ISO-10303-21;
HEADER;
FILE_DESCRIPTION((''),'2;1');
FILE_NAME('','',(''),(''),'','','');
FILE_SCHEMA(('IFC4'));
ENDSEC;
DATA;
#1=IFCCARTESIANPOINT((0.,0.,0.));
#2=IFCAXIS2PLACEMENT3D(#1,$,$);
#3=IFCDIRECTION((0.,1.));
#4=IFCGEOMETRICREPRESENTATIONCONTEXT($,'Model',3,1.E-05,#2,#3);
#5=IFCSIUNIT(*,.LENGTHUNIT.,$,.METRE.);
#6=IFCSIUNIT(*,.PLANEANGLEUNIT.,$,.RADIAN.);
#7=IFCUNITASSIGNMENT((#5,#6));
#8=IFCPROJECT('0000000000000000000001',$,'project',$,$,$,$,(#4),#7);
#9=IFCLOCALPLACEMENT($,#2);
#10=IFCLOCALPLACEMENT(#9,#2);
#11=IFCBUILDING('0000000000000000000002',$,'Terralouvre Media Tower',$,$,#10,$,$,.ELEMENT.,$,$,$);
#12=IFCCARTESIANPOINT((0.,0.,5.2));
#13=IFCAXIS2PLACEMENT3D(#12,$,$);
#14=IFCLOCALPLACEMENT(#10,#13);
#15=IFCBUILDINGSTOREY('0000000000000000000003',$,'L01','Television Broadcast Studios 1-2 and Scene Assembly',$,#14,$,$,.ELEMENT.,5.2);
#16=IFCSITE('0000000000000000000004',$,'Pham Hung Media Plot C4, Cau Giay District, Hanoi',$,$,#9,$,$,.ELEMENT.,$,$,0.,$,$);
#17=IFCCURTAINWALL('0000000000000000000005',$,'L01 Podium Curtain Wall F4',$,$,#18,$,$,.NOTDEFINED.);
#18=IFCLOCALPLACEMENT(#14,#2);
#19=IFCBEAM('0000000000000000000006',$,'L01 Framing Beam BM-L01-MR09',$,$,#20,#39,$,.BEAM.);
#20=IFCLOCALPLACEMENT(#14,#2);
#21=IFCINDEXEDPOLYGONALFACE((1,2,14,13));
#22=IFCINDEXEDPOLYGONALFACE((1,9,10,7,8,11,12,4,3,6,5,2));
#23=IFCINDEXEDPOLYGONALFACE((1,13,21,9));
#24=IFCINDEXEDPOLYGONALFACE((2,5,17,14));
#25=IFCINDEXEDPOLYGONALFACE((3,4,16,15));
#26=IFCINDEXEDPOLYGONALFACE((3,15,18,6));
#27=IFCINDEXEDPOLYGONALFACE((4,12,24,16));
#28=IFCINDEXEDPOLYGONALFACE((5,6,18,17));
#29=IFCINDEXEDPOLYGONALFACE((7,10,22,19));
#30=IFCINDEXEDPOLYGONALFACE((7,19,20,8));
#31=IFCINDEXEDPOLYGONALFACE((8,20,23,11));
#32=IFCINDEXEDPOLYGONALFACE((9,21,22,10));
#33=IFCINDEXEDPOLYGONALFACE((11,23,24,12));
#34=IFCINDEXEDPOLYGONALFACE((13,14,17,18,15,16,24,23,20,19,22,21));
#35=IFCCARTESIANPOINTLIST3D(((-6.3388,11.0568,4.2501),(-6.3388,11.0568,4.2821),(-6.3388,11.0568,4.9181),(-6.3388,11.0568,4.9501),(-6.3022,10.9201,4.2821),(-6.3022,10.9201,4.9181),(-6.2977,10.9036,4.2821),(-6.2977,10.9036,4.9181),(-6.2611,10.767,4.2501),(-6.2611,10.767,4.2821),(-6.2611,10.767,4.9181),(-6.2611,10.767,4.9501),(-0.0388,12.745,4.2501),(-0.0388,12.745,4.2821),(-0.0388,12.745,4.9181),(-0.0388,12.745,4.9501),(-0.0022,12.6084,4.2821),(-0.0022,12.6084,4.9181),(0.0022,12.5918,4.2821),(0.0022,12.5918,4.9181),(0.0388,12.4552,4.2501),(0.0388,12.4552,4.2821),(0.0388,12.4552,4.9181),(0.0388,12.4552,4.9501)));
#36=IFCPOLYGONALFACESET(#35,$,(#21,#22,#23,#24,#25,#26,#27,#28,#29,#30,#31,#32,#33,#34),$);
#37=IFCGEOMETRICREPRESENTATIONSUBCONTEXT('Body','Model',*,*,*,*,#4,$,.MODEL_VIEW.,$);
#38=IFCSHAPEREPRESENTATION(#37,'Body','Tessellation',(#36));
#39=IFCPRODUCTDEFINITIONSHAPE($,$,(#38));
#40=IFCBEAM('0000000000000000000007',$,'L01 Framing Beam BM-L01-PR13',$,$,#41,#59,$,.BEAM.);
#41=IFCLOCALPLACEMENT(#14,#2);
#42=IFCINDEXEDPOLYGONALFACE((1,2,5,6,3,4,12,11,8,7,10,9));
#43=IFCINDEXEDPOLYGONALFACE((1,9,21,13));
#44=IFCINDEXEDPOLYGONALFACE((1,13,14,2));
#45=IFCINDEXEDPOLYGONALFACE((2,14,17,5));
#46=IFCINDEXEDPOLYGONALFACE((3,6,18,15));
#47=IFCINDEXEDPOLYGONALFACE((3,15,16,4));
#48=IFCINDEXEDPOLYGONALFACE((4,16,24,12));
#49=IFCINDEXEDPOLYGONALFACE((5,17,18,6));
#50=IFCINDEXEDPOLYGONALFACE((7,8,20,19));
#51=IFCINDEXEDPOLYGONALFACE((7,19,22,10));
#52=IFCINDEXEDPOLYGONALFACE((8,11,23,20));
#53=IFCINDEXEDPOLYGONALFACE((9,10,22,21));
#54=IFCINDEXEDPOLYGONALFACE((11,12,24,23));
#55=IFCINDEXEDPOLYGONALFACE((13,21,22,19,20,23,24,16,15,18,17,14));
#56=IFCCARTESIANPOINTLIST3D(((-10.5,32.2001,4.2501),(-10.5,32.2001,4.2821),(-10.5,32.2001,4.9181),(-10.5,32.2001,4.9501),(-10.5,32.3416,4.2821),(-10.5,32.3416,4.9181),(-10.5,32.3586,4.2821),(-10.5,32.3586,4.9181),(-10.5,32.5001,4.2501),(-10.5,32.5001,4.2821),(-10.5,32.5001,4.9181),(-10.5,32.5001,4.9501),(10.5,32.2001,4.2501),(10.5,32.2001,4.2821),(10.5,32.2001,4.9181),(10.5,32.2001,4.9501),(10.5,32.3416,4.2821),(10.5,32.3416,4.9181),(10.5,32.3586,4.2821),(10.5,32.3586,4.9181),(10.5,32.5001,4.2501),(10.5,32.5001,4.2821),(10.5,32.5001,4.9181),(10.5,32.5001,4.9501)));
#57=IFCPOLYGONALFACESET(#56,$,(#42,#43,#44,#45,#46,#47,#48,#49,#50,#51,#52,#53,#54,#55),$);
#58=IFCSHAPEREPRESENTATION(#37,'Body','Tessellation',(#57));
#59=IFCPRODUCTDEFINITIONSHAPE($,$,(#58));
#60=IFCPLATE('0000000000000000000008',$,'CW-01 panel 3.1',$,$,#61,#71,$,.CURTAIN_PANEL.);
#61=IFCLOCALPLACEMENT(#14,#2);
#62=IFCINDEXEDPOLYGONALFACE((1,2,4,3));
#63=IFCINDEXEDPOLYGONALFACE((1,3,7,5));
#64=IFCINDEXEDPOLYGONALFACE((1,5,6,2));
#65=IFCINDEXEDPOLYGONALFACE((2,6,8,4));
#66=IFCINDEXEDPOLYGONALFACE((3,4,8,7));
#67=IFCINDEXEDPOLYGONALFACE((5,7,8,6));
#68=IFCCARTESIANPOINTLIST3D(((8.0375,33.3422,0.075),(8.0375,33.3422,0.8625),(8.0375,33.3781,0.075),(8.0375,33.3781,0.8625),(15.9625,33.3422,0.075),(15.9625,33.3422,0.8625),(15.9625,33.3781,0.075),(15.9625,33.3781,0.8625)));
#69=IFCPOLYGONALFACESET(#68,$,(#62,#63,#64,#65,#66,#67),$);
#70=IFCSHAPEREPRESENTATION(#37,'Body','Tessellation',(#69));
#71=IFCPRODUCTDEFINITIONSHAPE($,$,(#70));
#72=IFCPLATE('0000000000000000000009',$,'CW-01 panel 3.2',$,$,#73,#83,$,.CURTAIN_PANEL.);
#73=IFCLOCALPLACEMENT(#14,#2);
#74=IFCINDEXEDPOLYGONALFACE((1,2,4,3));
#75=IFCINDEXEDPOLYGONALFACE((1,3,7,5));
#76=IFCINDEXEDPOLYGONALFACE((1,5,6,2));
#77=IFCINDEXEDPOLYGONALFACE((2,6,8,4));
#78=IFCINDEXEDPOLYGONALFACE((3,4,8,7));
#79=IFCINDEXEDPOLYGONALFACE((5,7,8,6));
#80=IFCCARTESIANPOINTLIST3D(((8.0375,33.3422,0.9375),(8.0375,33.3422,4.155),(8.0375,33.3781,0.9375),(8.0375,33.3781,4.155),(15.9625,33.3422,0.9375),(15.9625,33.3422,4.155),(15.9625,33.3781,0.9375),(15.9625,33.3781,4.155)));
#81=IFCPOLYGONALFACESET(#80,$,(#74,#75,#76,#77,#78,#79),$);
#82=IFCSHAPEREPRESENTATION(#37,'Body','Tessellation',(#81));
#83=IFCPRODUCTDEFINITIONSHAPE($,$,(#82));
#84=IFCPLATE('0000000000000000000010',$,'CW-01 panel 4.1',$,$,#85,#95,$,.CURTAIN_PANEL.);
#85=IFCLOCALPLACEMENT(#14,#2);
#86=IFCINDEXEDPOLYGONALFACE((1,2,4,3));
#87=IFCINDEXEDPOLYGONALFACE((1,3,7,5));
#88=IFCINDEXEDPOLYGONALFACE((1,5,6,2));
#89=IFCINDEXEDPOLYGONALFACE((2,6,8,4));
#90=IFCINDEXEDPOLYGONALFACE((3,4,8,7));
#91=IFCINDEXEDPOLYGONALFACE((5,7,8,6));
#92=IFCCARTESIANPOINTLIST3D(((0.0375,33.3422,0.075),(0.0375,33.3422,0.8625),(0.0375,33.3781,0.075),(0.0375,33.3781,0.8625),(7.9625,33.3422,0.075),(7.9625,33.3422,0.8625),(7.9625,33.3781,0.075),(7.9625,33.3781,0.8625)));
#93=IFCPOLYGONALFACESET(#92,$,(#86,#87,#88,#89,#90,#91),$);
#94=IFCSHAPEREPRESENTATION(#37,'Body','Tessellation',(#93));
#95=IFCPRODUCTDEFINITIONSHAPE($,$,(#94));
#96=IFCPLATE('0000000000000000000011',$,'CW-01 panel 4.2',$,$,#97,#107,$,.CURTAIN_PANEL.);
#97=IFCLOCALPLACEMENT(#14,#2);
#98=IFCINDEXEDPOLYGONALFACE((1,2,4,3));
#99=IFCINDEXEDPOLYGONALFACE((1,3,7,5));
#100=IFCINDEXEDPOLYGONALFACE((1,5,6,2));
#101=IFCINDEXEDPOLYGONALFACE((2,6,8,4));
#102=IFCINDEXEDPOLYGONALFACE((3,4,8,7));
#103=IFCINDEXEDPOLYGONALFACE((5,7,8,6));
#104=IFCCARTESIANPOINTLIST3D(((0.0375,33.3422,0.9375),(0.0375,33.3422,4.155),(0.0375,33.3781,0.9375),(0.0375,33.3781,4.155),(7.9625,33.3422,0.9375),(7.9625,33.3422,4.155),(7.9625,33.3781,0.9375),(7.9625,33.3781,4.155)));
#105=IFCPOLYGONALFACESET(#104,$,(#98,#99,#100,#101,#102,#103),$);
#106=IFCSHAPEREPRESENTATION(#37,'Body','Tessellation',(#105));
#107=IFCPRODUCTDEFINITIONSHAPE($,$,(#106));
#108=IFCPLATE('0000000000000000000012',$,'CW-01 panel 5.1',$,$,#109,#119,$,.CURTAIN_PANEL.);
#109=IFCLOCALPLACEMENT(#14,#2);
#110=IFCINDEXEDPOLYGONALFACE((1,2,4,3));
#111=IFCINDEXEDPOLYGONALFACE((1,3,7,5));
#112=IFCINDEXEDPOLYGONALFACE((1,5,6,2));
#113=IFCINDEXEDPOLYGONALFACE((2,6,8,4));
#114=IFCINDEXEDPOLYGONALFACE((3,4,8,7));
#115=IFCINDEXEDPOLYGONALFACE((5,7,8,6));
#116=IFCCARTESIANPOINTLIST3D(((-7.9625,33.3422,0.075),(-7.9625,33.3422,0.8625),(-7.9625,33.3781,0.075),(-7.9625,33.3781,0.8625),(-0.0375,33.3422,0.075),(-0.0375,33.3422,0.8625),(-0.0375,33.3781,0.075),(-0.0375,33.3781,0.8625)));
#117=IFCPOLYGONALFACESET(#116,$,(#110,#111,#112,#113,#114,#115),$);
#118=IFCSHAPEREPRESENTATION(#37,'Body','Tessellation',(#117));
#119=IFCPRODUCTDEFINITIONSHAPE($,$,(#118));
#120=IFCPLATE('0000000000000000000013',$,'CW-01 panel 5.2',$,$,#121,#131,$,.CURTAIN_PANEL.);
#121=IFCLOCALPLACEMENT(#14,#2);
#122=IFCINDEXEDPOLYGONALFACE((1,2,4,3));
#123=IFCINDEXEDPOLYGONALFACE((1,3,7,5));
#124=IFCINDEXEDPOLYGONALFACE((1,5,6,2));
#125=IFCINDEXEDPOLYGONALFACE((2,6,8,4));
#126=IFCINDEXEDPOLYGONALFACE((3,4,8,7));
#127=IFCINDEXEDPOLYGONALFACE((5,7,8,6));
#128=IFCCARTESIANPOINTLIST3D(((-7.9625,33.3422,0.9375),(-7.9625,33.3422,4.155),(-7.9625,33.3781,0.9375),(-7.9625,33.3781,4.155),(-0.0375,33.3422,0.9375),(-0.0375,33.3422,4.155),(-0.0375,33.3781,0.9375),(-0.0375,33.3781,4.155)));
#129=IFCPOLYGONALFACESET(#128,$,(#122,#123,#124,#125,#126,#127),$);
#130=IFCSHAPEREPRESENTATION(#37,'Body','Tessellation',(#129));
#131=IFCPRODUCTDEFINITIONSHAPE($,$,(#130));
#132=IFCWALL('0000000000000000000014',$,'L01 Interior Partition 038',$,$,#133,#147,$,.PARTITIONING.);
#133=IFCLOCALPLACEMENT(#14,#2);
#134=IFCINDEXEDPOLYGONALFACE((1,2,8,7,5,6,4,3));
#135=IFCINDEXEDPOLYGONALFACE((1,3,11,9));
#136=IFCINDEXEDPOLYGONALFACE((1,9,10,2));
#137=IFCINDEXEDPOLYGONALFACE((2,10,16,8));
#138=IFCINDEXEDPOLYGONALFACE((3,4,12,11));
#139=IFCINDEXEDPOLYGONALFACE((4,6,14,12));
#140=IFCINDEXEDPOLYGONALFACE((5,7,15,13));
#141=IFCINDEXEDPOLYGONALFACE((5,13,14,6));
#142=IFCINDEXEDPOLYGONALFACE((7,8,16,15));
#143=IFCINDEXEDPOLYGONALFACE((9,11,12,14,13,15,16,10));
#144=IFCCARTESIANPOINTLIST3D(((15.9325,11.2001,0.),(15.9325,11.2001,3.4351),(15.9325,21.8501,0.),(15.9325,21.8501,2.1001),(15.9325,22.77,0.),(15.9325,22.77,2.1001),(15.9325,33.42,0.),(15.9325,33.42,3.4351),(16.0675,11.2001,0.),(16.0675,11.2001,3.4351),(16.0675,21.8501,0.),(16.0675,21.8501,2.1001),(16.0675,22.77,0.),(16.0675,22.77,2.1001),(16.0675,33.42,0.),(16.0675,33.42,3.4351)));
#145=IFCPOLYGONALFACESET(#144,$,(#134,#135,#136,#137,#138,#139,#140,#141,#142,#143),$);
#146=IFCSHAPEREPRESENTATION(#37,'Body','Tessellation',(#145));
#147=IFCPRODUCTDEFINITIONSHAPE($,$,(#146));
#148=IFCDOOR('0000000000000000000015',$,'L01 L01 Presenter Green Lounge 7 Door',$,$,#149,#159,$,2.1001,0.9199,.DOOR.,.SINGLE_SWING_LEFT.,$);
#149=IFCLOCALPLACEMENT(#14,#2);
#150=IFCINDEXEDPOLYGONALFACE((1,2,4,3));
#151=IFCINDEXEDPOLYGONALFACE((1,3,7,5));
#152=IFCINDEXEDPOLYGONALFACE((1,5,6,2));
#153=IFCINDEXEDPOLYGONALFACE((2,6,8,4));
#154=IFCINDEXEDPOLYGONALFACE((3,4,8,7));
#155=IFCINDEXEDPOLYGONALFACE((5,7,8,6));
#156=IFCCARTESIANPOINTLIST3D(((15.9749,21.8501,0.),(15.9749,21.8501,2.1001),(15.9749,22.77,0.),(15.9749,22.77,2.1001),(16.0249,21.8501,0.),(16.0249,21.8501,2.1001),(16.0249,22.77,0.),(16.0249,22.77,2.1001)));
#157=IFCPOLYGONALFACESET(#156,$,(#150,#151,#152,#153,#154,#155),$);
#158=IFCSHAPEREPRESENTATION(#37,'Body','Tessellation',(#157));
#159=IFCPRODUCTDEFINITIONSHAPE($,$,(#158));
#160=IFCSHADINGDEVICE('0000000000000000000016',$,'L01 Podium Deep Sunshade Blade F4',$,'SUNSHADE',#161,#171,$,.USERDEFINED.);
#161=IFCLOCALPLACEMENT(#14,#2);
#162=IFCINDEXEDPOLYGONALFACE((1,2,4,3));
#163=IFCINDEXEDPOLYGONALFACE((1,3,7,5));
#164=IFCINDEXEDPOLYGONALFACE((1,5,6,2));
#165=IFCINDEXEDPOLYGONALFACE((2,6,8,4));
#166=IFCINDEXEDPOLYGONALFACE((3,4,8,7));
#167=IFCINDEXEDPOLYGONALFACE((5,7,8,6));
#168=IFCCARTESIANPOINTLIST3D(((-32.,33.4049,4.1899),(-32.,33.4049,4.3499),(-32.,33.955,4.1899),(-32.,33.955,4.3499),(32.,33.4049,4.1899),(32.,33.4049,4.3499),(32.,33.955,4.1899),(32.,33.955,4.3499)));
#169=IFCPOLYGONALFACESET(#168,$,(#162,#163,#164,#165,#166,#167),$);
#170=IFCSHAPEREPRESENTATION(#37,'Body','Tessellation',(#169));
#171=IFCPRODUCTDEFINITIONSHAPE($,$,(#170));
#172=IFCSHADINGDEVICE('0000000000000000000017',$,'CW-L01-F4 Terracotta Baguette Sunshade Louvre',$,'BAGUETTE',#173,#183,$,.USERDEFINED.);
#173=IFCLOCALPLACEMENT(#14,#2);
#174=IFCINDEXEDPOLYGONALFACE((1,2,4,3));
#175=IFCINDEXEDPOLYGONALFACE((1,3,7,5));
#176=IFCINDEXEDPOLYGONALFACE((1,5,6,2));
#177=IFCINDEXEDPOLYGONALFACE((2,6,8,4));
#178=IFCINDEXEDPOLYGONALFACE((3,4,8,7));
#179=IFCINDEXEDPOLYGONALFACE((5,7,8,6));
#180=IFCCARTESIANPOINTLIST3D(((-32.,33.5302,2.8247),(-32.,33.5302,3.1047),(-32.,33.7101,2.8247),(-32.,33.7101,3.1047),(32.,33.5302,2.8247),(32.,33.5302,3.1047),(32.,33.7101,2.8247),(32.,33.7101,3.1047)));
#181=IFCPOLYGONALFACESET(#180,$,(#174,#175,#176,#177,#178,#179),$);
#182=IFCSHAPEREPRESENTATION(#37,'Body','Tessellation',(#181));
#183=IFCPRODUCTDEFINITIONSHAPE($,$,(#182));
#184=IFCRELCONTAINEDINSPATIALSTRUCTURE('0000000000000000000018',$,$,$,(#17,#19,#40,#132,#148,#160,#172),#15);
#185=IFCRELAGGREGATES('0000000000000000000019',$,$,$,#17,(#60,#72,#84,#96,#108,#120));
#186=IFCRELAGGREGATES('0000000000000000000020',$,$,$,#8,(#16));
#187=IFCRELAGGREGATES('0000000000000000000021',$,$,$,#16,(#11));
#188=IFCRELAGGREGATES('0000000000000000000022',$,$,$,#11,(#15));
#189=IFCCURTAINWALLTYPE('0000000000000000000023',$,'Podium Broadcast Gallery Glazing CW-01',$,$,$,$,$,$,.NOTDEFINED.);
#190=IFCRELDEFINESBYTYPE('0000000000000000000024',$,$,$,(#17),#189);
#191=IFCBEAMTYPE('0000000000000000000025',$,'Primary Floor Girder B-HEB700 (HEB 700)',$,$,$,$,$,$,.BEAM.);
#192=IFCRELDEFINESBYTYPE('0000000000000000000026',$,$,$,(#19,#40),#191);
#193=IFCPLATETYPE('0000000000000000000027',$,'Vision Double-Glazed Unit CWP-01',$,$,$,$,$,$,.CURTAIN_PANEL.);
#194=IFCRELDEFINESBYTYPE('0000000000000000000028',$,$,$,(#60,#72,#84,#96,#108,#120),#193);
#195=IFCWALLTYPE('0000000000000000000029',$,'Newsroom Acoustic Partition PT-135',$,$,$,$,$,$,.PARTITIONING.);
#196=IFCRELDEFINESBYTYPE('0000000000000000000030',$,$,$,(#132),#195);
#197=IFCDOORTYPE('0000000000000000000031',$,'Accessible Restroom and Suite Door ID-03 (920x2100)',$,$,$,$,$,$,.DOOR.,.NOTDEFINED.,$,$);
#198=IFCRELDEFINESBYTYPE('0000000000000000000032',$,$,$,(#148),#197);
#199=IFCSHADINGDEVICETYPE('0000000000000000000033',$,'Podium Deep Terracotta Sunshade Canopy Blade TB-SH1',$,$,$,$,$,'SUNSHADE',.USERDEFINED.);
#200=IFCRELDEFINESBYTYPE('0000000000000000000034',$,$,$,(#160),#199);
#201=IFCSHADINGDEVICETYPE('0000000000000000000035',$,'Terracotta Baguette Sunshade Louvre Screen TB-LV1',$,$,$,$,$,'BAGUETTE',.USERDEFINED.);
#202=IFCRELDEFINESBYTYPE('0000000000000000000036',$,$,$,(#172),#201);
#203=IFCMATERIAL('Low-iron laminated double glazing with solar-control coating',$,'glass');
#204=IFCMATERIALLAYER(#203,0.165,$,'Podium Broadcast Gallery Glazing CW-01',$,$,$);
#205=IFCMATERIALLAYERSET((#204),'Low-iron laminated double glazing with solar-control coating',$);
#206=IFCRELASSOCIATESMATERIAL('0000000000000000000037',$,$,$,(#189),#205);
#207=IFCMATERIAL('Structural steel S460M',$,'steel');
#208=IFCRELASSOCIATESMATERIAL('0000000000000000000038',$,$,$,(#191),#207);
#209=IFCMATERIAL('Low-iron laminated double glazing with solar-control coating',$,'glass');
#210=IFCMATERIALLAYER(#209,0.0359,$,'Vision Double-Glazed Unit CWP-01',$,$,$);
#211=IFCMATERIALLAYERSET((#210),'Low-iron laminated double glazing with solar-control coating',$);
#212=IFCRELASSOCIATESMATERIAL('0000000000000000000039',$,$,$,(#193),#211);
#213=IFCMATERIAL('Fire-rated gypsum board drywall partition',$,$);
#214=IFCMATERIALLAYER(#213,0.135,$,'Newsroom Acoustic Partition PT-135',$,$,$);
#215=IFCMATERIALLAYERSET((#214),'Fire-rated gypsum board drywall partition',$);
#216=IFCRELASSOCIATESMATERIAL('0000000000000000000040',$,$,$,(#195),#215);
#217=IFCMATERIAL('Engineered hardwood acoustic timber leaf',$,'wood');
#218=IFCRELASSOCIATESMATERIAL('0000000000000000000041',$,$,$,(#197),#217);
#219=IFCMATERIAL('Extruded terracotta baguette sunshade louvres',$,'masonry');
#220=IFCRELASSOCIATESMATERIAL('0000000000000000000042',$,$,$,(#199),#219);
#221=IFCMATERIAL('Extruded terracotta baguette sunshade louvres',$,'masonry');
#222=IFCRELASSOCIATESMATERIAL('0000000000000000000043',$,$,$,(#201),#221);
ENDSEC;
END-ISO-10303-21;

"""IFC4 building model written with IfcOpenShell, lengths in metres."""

from ifc_helpers import new_model, si_unit, direction, frame, frame_2d, origin, origin_2d, place, context, subcontext, project, spatial, rectangle, i_section, extrude, material, layer, layer_set, material_profile, profile_set, type_object, element, fill, aggregate, save


model = new_model("IFC4")

# Units and contexts
model_context = context("Model", 3, precision=1e-05, world=origin(), true_north=direction((0.0, 1.0)))
body_context = subcontext(model_context, "Body", "Model", "MODEL_VIEW")
ifc_project = project(units=[si_unit("LENGTHUNIT", "METRE"), si_unit("PLANEANGLEUNIT", "RADIAN")], contexts=[model_context])

# Site, building, storey
site_placement = place(None, origin())
site = spatial("IfcSite", under=ifc_project, at=site_placement, Name="Pham Hung Media Plot C4, Cau Giay District, Hanoi", CompositionType="ELEMENT", RefElevation=0.0)
building_placement = place(site_placement, origin())
building = spatial("IfcBuilding", under=site, at=building_placement, Name="Terralouvre Media Tower", CompositionType="ELEMENT")
storey_placement = place(building_placement, frame((0.0, 0.0, 5.2)))
storey = spatial("IfcBuildingStorey", under=building, at=storey_placement, Name="L01", Description="Television Broadcast Studios 1-2 and Scene Assembly", CompositionType="ELEMENT", Elevation=5.2)

# Curtain wall
ifc_material_1 = material(Name="Low-iron laminated double glazing with solar-control coating", Category="glass")
ifc_layer_1 = layer(ifc_material_1, 0.165, Name="Podium Broadcast Gallery Glazing CW-01")
ifc_layer_set_1 = layer_set([ifc_layer_1], Name="Low-iron laminated double glazing with solar-control coating")
curtain_wall_type = type_object("IfcCurtainWallType", Name="Podium Broadcast Gallery Glazing CW-01", PredefinedType="NOTDEFINED", material=ifc_layer_set_1)
curtain_wall_placement = place(storey_placement, origin())
curtain_wall = element("IfcCurtainWall", 1, at=curtain_wall_placement, inside=storey, type_object=curtain_wall_type, Name="L01 Podium Curtain Wall F4", PredefinedType="NOTDEFINED")

# Beams
ifc_material_2 = material(Name="Structural steel S460M", Category="steel")
ifc_material_profile_1 = material_profile(ifc_material_2, i_section(OverallWidth=0.3, OverallDepth=0.7, WebThickness=0.0171, FlangeThickness=0.032, at=origin_2d()), Name="HEB 700")
ifc_profile_set_1 = profile_set([ifc_material_profile_1], Name="Structural steel S460M")
beam_type = type_object("IfcBeamType", Name="Primary Floor Girder B-HEB700 (HEB 700)", PredefinedType="BEAM", material=ifc_profile_set_1)
beam_1_placement = place(storey_placement, frame((0.0, 12.6001, 4.6001), z_axis=(-0.96592, -0.258839, 0.0), x_axis=(0.258839, -0.96592, 0.0)))
element("IfcBeam", 2, at=beam_1_placement, inside=storey, type_object=beam_type, Name="L01 Framing Beam BM-L01-MR09", PredefinedType="BEAM", context=body_context, shape_type="SweptSolid", body=[
    extrude(i_section(OverallWidth=0.3, OverallDepth=0.7, WebThickness=0.0171, FlangeThickness=0.032, at=origin_2d()), origin(), (0.0, 0.0, 1.0), 6.5222),
])
beam_2_placement = place(storey_placement, frame((10.5, 32.3501, 4.6001), z_axis=(-1.0, 0.0, 0.0), x_axis=(0.0, -1.0, 0.0)))
element("IfcBeam", 3, at=beam_2_placement, inside=storey, type_object=beam_type, Name="L01 Framing Beam BM-L01-PR13", PredefinedType="BEAM", context=body_context, shape_type="SweptSolid", body=[
    extrude(i_section(OverallWidth=0.3, OverallDepth=0.7, WebThickness=0.0171, FlangeThickness=0.032, at=origin_2d()), origin(), (0.0, 0.0, 1.0), 21.0),
])

# Plates
ifc_material_3 = material(Name="Low-iron laminated double glazing with solar-control coating", Category="glass")
ifc_layer_2 = layer(ifc_material_3, 0.0359, Name="Vision Double-Glazed Unit CWP-01")
ifc_layer_set_2 = layer_set([ifc_layer_2], Name="Low-iron laminated double glazing with solar-control coating")
plate_type = type_object("IfcPlateType", Name="Vision Double-Glazed Unit CWP-01", PredefinedType="CURTAIN_PANEL", material=ifc_layer_set_2)
plate_1_placement = place(storey_placement, frame((12.0, 33.3601, 0.075), z_axis=(0.0, 0.0, 1.0), x_axis=(-1.0, 0.0, 0.0)))
plate_1 = element("IfcPlate", 4, at=plate_1_placement, type_object=plate_type, Name="CW-01 panel 3.1", PredefinedType="CURTAIN_PANEL", context=body_context, shape_type="SweptSolid", body=[
    extrude(rectangle(XDim=7.925, YDim=0.0359, at=origin_2d()), origin(), (0.0, 0.0, 1.0), 0.7876),
])
plate_2_placement = place(storey_placement, frame((12.0, 33.3601, 0.9375), z_axis=(0.0, 0.0, 1.0), x_axis=(-1.0, 0.0, 0.0)))
plate_2 = element("IfcPlate", 5, at=plate_2_placement, type_object=plate_type, Name="CW-01 panel 3.2", PredefinedType="CURTAIN_PANEL", context=body_context, shape_type="SweptSolid", body=[
    extrude(rectangle(XDim=7.925, YDim=0.0359, at=origin_2d()), origin(), (0.0, 0.0, 1.0), 3.2175),
])
plate_3_placement = place(storey_placement, frame((4.0, 33.3601, 0.075), z_axis=(0.0, 0.0, 1.0), x_axis=(-1.0, 0.0, 0.0)))
plate_3 = element("IfcPlate", 6, at=plate_3_placement, type_object=plate_type, Name="CW-01 panel 4.1", PredefinedType="CURTAIN_PANEL", context=body_context, shape_type="SweptSolid", body=[
    extrude(rectangle(XDim=7.925, YDim=0.0359, at=origin_2d()), origin(), (0.0, 0.0, 1.0), 0.7876),
])
plate_4_placement = place(storey_placement, frame((4.0, 33.3601, 0.9375), z_axis=(0.0, 0.0, 1.0), x_axis=(-1.0, 0.0, 0.0)))
plate_4 = element("IfcPlate", 7, at=plate_4_placement, type_object=plate_type, Name="CW-01 panel 4.2", PredefinedType="CURTAIN_PANEL", context=body_context, shape_type="SweptSolid", body=[
    extrude(rectangle(XDim=7.925, YDim=0.0359, at=origin_2d()), origin(), (0.0, 0.0, 1.0), 3.2175),
])
plate_5_placement = place(storey_placement, frame((-4.0, 33.3601, 0.075), z_axis=(0.0, 0.0, 1.0), x_axis=(-1.0, 0.0, 0.0)))
plate_5 = element("IfcPlate", 8, at=plate_5_placement, type_object=plate_type, Name="CW-01 panel 5.1", PredefinedType="CURTAIN_PANEL", context=body_context, shape_type="SweptSolid", body=[
    extrude(rectangle(XDim=7.925, YDim=0.0359, at=origin_2d()), origin(), (0.0, 0.0, 1.0), 0.7876),
])
plate_6_placement = place(storey_placement, frame((-4.0, 33.3601, 0.9375), z_axis=(0.0, 0.0, 1.0), x_axis=(-1.0, 0.0, 0.0)))
plate_6 = element("IfcPlate", 9, at=plate_6_placement, type_object=plate_type, Name="CW-01 panel 5.2", PredefinedType="CURTAIN_PANEL", context=body_context, shape_type="SweptSolid", body=[
    extrude(rectangle(XDim=7.925, YDim=0.0359, at=origin_2d()), origin(), (0.0, 0.0, 1.0), 3.2175),
])
aggregate(curtain_wall, [plate_1, plate_2, plate_3, plate_4, plate_5, plate_6])

# Wall, opening, door
ifc_material_4 = material(Name="Fire-rated gypsum board drywall partition")
ifc_layer_3 = layer(ifc_material_4, 0.135, Name="Newsroom Acoustic Partition PT-135")
ifc_layer_set_3 = layer_set([ifc_layer_3], Name="Fire-rated gypsum board drywall partition")
wall_type = type_object("IfcWallType", Name="Newsroom Acoustic Partition PT-135", PredefinedType="PARTITIONING", material=ifc_layer_set_3)
wall_placement = place(storey_placement, frame((16.0, 33.4199, 0.0), z_axis=(0.0, 0.0, 1.0), x_axis=(0.0, -1.0, 0.0)))
wall = element("IfcWall", 10, at=wall_placement, inside=storey, type_object=wall_type, Name="L01 Interior Partition 038", PredefinedType="PARTITIONING", context=body_context, shape_type="SweptSolid", body=[
    extrude(rectangle(XDim=22.22, YDim=0.135, at=frame_2d((11.1099, 0.0))), origin(), (0.0, 0.0, 1.0), 3.4351),
])
opening_placement = place(wall_placement, frame((10.6499, 0.0, 0.0)))
opening = element("IfcOpeningElement", 11, at=opening_placement, cuts=wall, PredefinedType="OPENING", context=body_context, shape_type="SweptSolid", body=[
    extrude(rectangle(XDim=0.9199, YDim=2.1001, at=frame_2d((0.46, 1.05))), frame((0.0, 0.0774, 0.0), z_axis=(0.0, -1.0, 0.0), x_axis=(1.0, 0.0, 0.0)), (0.0, 0.0, 1.0), 0.155),
])
ifc_material_5 = material(Name="Engineered hardwood acoustic timber leaf", Category="wood")
door_type = type_object("IfcDoorType", Name="Accessible Restroom and Suite Door ID-03 (920x2100)", OperationType="NOTDEFINED", PredefinedType="DOOR", material=ifc_material_5)
door_placement = place(opening_placement, origin())
door = element("IfcDoor", 12, at=door_placement, inside=storey, type_object=door_type, Name="L01 L01 Presenter Green Lounge 7 Door", OperationType="SINGLE_SWING_LEFT", OverallHeight=2.1001, OverallWidth=0.9199, PredefinedType="DOOR", context=body_context, shape_type="SweptSolid", body=[
    extrude(rectangle(XDim=0.9199, YDim=2.1001, at=frame_2d((0.46, 1.05))), frame((0.0, 0.0249, 0.0), z_axis=(0.0, -1.0, 0.0), x_axis=(1.0, 0.0, 0.0)), (0.0, 0.0, 1.0), 0.05),
])
fill(opening, door)

# Shading devices
ifc_material_6 = material(Name="Extruded terracotta baguette sunshade louvres", Category="masonry")
shading_device_type_1 = type_object("IfcShadingDeviceType", Name="Podium Deep Terracotta Sunshade Canopy Blade TB-SH1", ElementType="SUNSHADE", PredefinedType="USERDEFINED", material=ifc_material_6)
shading_device_1_placement = place(storey_placement, frame((0.0, 33.6799, 4.1899), z_axis=(0.0, 0.0, 1.0), x_axis=(-1.0, 0.0, 0.0)))
element("IfcShadingDevice", 13, at=shading_device_1_placement, inside=storey, type_object=shading_device_type_1, Name="L01 Podium Deep Sunshade Blade F4", ObjectType="SUNSHADE", PredefinedType="USERDEFINED", context=body_context, shape_type="SweptSolid", body=[
    extrude(rectangle(XDim=64.0, YDim=0.55, at=origin_2d()), origin(), (0.0, 0.0, 1.0), 0.1599),
])
ifc_material_7 = material(Name="Extruded terracotta baguette sunshade louvres", Category="masonry")
shading_device_type_2 = type_object("IfcShadingDeviceType", Name="Terracotta Baguette Sunshade Louvre Screen TB-LV1", ElementType="BAGUETTE", PredefinedType="USERDEFINED", material=ifc_material_7)
shading_device_2_placement = place(storey_placement, frame((0.0, 33.6201, 2.8247), z_axis=(0.0, 0.0, 1.0), x_axis=(-1.0, 0.0, 0.0)))
element("IfcShadingDevice", 14, at=shading_device_2_placement, inside=storey, type_object=shading_device_type_2, Name="CW-L01-F4 Terracotta Baguette Sunshade Louvre", ObjectType="BAGUETTE", PredefinedType="USERDEFINED", context=body_context, shape_type="SweptSolid", body=[
    extrude(rectangle(XDim=64.0, YDim=0.1799, at=origin_2d()), origin(), (0.0, 0.0, 1.0), 0.28),
])

save(model, "model.ifc")
